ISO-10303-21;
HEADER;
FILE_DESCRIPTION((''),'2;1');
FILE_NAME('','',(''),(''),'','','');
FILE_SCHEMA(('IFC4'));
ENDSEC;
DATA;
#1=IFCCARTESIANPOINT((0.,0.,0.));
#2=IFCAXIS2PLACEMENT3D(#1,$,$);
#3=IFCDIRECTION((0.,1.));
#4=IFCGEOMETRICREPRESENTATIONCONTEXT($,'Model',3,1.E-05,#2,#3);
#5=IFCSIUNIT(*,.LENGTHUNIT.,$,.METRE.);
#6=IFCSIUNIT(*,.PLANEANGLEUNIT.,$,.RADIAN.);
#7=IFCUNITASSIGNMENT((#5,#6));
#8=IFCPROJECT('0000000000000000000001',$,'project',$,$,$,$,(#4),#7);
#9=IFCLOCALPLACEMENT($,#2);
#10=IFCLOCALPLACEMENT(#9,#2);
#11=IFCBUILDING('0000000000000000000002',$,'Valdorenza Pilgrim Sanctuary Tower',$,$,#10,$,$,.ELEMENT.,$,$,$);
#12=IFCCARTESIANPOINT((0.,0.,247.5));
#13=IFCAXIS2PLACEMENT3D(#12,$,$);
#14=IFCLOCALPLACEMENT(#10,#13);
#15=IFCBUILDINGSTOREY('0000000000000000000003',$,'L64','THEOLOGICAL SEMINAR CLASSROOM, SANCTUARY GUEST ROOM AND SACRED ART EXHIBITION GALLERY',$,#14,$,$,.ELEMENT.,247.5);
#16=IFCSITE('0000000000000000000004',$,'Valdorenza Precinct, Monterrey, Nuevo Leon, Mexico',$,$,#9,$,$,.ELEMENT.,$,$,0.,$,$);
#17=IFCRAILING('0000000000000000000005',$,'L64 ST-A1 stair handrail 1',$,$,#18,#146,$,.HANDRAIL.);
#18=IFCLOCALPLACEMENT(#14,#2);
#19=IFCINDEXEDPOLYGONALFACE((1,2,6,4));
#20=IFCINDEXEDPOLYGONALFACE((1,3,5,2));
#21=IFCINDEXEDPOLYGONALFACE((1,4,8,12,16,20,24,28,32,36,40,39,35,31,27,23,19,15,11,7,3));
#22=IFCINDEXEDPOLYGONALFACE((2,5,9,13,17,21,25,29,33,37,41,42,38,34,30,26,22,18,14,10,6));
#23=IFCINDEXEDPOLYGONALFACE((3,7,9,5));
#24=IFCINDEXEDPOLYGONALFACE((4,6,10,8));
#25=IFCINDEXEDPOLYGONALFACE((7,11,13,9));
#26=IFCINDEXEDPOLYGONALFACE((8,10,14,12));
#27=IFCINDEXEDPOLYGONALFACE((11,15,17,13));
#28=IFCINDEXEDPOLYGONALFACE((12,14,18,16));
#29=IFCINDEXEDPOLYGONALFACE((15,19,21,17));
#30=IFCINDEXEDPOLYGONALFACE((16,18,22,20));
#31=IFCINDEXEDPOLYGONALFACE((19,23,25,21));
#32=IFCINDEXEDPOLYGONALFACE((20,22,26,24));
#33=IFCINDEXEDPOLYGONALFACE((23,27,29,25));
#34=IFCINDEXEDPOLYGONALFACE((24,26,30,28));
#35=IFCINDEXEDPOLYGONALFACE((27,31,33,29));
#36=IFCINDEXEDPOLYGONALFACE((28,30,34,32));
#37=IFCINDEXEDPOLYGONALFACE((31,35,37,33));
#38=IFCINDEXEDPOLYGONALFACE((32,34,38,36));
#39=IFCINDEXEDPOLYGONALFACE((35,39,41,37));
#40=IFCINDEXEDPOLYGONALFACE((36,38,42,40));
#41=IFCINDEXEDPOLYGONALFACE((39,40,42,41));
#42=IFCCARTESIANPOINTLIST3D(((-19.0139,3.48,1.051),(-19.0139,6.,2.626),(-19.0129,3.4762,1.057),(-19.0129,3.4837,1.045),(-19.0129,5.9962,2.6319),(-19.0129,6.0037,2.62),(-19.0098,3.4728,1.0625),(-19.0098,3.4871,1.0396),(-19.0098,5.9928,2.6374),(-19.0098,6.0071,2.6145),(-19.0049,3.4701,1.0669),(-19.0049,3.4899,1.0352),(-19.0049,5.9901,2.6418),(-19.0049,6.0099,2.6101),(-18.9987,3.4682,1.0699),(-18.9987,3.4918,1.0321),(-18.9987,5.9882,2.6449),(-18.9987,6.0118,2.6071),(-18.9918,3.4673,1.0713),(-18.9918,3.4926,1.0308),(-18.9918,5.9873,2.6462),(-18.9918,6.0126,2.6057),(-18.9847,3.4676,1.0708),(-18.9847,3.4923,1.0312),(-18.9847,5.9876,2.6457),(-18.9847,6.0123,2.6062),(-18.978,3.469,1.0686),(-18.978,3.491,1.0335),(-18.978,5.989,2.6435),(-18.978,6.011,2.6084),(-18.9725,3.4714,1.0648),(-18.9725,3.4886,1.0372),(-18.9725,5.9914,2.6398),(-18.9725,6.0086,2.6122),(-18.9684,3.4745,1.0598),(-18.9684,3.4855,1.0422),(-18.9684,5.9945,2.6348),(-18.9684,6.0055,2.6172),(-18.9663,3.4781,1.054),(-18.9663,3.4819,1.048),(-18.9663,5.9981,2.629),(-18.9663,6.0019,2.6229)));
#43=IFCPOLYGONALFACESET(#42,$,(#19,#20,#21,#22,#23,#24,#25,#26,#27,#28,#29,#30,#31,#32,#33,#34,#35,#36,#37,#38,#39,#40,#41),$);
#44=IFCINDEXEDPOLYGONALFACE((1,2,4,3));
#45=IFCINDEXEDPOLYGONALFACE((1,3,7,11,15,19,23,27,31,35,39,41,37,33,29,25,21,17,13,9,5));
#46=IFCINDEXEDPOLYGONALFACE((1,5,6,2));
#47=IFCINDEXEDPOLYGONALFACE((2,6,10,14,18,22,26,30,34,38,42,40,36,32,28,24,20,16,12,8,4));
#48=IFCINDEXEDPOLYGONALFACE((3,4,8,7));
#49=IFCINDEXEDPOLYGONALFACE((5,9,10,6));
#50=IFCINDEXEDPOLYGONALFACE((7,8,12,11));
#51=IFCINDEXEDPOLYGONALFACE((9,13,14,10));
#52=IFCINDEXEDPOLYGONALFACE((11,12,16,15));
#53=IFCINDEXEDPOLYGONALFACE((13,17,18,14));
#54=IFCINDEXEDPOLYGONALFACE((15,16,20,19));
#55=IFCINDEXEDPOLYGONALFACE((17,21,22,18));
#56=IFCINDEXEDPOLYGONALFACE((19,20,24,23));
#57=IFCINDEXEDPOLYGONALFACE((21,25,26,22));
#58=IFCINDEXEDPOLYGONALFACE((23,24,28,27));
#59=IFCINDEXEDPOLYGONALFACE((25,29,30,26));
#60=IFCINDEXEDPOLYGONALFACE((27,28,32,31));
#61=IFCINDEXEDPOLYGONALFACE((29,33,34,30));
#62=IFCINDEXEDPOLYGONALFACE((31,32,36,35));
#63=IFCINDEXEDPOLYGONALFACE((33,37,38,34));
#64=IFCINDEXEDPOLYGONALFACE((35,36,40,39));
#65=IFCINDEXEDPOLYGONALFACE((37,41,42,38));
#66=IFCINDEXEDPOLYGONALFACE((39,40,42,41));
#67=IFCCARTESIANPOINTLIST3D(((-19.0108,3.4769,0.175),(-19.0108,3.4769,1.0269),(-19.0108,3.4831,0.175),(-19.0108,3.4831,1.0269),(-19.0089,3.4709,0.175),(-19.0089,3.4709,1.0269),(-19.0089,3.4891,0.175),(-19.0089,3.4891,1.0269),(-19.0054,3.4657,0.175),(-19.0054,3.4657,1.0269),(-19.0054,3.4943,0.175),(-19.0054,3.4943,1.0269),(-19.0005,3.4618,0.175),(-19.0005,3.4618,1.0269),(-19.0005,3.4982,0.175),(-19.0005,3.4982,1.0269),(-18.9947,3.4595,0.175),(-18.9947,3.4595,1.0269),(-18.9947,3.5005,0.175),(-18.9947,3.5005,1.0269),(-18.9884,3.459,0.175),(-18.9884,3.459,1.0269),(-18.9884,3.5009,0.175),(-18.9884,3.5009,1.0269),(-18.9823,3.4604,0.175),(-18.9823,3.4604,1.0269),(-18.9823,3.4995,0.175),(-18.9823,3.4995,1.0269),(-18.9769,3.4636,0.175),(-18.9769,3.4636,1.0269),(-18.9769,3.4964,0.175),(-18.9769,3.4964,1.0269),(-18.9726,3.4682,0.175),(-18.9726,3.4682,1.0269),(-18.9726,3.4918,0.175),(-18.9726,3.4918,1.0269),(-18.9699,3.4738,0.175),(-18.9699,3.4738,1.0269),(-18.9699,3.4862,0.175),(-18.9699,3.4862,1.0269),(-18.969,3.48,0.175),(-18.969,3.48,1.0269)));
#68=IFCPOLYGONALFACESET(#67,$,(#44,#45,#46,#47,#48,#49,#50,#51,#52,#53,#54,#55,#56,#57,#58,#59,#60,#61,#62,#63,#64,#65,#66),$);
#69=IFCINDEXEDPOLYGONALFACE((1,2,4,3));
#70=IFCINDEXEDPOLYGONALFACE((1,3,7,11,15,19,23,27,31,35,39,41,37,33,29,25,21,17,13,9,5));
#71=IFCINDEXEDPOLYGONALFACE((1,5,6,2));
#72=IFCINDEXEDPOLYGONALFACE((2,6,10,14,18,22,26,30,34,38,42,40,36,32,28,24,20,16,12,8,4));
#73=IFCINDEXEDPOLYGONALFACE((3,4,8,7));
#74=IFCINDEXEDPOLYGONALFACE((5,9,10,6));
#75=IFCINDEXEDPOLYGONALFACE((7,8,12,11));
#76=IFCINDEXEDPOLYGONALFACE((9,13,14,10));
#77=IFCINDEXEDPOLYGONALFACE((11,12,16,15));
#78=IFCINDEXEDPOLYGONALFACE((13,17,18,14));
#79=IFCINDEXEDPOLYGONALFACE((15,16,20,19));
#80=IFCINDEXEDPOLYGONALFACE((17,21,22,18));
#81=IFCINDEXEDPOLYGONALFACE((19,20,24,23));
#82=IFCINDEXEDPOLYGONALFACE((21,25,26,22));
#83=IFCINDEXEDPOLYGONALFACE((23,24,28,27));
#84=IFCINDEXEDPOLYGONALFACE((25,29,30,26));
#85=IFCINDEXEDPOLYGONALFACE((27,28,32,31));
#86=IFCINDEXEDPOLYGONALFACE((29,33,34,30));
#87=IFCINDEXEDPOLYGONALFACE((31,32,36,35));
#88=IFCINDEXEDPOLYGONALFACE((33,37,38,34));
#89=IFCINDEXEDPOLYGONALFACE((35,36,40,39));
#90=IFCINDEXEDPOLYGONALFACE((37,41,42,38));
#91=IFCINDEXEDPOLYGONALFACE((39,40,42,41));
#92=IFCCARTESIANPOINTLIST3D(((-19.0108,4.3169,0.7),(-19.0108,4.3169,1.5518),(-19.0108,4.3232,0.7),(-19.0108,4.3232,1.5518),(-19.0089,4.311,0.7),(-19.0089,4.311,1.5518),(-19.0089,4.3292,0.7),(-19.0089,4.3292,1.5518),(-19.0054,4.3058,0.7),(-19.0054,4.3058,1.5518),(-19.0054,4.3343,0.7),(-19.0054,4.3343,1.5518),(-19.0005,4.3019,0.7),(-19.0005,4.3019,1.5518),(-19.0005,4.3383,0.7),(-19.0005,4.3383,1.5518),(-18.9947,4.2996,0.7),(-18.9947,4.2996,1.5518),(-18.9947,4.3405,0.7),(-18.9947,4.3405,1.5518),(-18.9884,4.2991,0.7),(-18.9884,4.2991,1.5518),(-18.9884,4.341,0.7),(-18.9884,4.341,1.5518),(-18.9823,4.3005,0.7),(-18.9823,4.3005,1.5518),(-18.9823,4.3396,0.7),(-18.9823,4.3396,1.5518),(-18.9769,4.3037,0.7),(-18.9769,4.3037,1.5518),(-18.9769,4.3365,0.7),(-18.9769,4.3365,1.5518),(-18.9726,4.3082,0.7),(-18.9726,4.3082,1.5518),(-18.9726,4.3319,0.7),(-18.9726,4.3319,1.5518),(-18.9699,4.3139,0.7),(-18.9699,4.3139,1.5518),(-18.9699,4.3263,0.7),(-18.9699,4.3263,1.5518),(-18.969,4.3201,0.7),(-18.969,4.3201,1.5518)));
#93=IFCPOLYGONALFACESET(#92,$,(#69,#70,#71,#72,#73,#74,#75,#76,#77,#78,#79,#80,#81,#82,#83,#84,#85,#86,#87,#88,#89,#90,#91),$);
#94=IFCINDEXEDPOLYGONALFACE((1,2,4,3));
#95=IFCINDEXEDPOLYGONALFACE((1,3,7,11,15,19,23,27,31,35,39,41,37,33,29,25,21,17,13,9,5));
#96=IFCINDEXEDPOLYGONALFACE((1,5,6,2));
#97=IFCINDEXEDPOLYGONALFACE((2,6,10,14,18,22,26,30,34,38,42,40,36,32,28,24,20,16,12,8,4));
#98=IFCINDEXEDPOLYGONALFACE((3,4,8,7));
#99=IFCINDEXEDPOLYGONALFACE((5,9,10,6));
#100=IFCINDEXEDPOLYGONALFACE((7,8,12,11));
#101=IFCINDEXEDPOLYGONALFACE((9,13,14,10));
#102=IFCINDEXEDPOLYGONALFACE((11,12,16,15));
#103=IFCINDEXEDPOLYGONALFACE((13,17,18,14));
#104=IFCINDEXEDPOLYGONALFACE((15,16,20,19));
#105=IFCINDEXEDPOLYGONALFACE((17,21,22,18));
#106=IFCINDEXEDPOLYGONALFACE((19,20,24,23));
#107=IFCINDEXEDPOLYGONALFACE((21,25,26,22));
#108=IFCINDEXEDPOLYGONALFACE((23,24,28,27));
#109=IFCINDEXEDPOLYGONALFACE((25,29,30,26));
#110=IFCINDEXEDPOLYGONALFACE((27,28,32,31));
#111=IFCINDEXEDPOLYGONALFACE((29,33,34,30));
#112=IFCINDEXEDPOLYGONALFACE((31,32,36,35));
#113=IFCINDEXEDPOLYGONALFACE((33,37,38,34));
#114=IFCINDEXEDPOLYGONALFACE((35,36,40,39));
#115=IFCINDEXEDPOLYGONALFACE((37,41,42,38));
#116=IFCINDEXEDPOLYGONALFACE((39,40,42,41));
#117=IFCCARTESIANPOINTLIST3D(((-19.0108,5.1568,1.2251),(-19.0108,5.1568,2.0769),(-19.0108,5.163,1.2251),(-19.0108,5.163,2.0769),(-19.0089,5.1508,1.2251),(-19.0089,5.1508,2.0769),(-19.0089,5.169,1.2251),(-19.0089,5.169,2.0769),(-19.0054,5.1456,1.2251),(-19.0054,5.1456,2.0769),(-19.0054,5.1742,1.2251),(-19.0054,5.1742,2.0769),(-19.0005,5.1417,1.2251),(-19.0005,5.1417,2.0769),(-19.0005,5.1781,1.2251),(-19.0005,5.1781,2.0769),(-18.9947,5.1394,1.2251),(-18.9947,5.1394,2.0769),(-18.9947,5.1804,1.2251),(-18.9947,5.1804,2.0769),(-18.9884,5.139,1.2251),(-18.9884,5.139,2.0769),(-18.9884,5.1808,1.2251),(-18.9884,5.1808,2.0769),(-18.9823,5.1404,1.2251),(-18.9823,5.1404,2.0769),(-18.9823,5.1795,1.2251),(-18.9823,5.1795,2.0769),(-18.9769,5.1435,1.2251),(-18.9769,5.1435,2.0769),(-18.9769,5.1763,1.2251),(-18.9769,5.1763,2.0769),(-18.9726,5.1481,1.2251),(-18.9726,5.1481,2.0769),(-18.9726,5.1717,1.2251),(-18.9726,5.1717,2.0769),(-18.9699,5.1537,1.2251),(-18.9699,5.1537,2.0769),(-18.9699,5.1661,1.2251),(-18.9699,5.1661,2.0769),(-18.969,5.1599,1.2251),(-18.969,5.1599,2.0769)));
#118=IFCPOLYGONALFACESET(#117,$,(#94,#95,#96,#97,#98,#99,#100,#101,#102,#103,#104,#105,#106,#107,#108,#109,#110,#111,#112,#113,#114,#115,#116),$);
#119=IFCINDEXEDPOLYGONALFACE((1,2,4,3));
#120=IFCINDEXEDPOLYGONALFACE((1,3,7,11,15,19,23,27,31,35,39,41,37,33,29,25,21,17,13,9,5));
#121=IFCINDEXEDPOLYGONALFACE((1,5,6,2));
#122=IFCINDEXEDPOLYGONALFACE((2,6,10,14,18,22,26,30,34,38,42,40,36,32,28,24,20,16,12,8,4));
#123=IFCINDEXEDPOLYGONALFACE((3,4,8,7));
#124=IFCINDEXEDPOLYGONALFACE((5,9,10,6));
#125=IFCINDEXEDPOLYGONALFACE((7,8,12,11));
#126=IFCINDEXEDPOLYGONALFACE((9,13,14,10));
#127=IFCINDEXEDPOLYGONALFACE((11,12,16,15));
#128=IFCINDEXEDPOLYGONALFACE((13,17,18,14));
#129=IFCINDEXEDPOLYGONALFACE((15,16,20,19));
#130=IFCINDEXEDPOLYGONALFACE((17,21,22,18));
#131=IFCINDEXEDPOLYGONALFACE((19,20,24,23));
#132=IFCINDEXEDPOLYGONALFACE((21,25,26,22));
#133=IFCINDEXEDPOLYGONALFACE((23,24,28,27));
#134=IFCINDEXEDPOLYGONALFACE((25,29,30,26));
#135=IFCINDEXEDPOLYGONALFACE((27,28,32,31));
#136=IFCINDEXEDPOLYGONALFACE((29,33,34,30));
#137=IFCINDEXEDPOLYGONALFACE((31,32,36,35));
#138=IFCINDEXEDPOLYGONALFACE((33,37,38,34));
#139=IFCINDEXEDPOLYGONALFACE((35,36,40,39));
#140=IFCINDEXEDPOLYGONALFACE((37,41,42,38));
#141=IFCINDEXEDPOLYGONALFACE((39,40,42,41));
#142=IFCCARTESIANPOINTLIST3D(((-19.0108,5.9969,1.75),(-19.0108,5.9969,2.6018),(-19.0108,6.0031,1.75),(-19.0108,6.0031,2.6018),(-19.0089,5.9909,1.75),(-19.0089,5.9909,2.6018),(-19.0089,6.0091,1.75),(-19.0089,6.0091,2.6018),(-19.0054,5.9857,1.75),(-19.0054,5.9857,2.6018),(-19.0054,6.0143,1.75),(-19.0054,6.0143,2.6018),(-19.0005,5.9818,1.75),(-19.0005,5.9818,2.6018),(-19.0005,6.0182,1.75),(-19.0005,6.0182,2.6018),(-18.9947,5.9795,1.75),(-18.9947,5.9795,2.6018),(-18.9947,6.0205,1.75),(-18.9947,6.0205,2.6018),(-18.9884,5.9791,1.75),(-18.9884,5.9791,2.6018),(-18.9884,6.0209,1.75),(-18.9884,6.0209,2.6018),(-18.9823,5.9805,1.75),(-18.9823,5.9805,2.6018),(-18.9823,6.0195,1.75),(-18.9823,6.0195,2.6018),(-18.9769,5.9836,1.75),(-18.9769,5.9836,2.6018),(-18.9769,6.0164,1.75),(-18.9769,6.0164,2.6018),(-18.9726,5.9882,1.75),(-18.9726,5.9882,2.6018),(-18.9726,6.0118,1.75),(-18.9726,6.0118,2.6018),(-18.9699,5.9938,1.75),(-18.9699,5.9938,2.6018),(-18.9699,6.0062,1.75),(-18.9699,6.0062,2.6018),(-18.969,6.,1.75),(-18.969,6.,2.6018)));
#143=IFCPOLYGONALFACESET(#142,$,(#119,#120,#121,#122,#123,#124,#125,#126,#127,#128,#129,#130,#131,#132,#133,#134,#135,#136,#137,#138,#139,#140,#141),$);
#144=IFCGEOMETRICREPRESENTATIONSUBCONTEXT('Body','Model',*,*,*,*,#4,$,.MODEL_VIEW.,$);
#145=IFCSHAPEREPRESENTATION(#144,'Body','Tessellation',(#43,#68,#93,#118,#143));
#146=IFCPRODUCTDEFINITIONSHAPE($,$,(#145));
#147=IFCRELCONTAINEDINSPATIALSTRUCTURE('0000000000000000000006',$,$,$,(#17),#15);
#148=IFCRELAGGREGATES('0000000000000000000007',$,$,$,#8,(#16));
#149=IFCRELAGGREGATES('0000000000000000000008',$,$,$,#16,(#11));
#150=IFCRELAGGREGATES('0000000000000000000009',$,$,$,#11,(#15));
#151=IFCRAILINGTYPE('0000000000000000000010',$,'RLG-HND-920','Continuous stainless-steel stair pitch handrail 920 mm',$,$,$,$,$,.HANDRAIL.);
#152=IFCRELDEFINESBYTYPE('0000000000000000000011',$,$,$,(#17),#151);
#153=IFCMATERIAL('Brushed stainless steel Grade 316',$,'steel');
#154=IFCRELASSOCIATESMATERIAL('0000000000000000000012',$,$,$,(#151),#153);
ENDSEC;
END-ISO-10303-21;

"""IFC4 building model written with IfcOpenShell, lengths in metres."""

from ifc_helpers import new_model, si_unit, direction, frame, origin, origin_2d, place, context, subcontext, project, spatial, circle, extrude, material, type_object, element, save


model = new_model("IFC4")

# Units and contexts
model_context = context("Model", 3, precision=1e-05, world=origin(), true_north=direction((0.0, 1.0)))
body_context = subcontext(model_context, "Body", "Model", "MODEL_VIEW")
ifc_project = project(units=[si_unit("LENGTHUNIT", "METRE"), si_unit("PLANEANGLEUNIT", "RADIAN")], contexts=[model_context])

# Site, building, storey
site_placement = place(None, origin())
site = spatial("IfcSite", under=ifc_project, at=site_placement, Name="Valdorenza Precinct, Monterrey, Nuevo Leon, Mexico", CompositionType="ELEMENT", RefElevation=0.0)
building_placement = place(site_placement, origin())
building = spatial("IfcBuilding", under=site, at=building_placement, Name="Valdorenza Pilgrim Sanctuary Tower", CompositionType="ELEMENT")
storey_placement = place(building_placement, frame((0.0, 0.0, 247.5)))
storey = spatial("IfcBuildingStorey", under=building, at=storey_placement, Name="L64", Description="THEOLOGICAL SEMINAR CLASSROOM, SANCTUARY GUEST ROOM AND SACRED ART EXHIBITION GALLERY", CompositionType="ELEMENT", Elevation=247.5)

# Shared definitions
ifc_material_1 = material(Name="Brushed stainless steel Grade 316", Category="steel")

# Railing
railing_type_1 = type_object("IfcRailingType", Name="RLG-HND-920", Description="Continuous stainless-steel stair pitch handrail 920 mm", PredefinedType="HANDRAIL", material=ifc_material_1)
railing_1_placement = place(storey_placement, frame((-18.99, 3.48, 0.175)))
element("IfcRailing", 1, at=railing_1_placement, inside=storey, type_object=railing_type_1, Name="L64 ST-A1 stair handrail 1", PredefinedType="HANDRAIL", context=body_context, shape_type="SweptSolid", body=[
    extrude(circle(Radius=0.0239, at=origin_2d()), frame((0.0, 0.0, 0.876), z_axis=(0.0, 0.848008, 0.529984), x_axis=(-1.0, 0.0, 0.0)), (0.0, 0.0, 1.0), 2.9717),
    extrude(circle(Radius=0.021, at=origin_2d()), origin(), (0.0, 0.0, 1.0), 0.8518),
    extrude(circle(Radius=0.021, at=origin_2d()), frame((0.0, 0.8401, 0.5249)), (0.0, 0.0, 1.0), 0.8518),
    extrude(circle(Radius=0.021, at=origin_2d()), frame((0.0, 1.6799, 1.05)), (0.0, 0.0, 1.0), 0.8518),
    extrude(circle(Radius=0.021, at=origin_2d()), frame((0.0, 2.52, 1.575)), (0.0, 0.0, 1.0), 0.8518),
])

save(model, "model.ifc")
